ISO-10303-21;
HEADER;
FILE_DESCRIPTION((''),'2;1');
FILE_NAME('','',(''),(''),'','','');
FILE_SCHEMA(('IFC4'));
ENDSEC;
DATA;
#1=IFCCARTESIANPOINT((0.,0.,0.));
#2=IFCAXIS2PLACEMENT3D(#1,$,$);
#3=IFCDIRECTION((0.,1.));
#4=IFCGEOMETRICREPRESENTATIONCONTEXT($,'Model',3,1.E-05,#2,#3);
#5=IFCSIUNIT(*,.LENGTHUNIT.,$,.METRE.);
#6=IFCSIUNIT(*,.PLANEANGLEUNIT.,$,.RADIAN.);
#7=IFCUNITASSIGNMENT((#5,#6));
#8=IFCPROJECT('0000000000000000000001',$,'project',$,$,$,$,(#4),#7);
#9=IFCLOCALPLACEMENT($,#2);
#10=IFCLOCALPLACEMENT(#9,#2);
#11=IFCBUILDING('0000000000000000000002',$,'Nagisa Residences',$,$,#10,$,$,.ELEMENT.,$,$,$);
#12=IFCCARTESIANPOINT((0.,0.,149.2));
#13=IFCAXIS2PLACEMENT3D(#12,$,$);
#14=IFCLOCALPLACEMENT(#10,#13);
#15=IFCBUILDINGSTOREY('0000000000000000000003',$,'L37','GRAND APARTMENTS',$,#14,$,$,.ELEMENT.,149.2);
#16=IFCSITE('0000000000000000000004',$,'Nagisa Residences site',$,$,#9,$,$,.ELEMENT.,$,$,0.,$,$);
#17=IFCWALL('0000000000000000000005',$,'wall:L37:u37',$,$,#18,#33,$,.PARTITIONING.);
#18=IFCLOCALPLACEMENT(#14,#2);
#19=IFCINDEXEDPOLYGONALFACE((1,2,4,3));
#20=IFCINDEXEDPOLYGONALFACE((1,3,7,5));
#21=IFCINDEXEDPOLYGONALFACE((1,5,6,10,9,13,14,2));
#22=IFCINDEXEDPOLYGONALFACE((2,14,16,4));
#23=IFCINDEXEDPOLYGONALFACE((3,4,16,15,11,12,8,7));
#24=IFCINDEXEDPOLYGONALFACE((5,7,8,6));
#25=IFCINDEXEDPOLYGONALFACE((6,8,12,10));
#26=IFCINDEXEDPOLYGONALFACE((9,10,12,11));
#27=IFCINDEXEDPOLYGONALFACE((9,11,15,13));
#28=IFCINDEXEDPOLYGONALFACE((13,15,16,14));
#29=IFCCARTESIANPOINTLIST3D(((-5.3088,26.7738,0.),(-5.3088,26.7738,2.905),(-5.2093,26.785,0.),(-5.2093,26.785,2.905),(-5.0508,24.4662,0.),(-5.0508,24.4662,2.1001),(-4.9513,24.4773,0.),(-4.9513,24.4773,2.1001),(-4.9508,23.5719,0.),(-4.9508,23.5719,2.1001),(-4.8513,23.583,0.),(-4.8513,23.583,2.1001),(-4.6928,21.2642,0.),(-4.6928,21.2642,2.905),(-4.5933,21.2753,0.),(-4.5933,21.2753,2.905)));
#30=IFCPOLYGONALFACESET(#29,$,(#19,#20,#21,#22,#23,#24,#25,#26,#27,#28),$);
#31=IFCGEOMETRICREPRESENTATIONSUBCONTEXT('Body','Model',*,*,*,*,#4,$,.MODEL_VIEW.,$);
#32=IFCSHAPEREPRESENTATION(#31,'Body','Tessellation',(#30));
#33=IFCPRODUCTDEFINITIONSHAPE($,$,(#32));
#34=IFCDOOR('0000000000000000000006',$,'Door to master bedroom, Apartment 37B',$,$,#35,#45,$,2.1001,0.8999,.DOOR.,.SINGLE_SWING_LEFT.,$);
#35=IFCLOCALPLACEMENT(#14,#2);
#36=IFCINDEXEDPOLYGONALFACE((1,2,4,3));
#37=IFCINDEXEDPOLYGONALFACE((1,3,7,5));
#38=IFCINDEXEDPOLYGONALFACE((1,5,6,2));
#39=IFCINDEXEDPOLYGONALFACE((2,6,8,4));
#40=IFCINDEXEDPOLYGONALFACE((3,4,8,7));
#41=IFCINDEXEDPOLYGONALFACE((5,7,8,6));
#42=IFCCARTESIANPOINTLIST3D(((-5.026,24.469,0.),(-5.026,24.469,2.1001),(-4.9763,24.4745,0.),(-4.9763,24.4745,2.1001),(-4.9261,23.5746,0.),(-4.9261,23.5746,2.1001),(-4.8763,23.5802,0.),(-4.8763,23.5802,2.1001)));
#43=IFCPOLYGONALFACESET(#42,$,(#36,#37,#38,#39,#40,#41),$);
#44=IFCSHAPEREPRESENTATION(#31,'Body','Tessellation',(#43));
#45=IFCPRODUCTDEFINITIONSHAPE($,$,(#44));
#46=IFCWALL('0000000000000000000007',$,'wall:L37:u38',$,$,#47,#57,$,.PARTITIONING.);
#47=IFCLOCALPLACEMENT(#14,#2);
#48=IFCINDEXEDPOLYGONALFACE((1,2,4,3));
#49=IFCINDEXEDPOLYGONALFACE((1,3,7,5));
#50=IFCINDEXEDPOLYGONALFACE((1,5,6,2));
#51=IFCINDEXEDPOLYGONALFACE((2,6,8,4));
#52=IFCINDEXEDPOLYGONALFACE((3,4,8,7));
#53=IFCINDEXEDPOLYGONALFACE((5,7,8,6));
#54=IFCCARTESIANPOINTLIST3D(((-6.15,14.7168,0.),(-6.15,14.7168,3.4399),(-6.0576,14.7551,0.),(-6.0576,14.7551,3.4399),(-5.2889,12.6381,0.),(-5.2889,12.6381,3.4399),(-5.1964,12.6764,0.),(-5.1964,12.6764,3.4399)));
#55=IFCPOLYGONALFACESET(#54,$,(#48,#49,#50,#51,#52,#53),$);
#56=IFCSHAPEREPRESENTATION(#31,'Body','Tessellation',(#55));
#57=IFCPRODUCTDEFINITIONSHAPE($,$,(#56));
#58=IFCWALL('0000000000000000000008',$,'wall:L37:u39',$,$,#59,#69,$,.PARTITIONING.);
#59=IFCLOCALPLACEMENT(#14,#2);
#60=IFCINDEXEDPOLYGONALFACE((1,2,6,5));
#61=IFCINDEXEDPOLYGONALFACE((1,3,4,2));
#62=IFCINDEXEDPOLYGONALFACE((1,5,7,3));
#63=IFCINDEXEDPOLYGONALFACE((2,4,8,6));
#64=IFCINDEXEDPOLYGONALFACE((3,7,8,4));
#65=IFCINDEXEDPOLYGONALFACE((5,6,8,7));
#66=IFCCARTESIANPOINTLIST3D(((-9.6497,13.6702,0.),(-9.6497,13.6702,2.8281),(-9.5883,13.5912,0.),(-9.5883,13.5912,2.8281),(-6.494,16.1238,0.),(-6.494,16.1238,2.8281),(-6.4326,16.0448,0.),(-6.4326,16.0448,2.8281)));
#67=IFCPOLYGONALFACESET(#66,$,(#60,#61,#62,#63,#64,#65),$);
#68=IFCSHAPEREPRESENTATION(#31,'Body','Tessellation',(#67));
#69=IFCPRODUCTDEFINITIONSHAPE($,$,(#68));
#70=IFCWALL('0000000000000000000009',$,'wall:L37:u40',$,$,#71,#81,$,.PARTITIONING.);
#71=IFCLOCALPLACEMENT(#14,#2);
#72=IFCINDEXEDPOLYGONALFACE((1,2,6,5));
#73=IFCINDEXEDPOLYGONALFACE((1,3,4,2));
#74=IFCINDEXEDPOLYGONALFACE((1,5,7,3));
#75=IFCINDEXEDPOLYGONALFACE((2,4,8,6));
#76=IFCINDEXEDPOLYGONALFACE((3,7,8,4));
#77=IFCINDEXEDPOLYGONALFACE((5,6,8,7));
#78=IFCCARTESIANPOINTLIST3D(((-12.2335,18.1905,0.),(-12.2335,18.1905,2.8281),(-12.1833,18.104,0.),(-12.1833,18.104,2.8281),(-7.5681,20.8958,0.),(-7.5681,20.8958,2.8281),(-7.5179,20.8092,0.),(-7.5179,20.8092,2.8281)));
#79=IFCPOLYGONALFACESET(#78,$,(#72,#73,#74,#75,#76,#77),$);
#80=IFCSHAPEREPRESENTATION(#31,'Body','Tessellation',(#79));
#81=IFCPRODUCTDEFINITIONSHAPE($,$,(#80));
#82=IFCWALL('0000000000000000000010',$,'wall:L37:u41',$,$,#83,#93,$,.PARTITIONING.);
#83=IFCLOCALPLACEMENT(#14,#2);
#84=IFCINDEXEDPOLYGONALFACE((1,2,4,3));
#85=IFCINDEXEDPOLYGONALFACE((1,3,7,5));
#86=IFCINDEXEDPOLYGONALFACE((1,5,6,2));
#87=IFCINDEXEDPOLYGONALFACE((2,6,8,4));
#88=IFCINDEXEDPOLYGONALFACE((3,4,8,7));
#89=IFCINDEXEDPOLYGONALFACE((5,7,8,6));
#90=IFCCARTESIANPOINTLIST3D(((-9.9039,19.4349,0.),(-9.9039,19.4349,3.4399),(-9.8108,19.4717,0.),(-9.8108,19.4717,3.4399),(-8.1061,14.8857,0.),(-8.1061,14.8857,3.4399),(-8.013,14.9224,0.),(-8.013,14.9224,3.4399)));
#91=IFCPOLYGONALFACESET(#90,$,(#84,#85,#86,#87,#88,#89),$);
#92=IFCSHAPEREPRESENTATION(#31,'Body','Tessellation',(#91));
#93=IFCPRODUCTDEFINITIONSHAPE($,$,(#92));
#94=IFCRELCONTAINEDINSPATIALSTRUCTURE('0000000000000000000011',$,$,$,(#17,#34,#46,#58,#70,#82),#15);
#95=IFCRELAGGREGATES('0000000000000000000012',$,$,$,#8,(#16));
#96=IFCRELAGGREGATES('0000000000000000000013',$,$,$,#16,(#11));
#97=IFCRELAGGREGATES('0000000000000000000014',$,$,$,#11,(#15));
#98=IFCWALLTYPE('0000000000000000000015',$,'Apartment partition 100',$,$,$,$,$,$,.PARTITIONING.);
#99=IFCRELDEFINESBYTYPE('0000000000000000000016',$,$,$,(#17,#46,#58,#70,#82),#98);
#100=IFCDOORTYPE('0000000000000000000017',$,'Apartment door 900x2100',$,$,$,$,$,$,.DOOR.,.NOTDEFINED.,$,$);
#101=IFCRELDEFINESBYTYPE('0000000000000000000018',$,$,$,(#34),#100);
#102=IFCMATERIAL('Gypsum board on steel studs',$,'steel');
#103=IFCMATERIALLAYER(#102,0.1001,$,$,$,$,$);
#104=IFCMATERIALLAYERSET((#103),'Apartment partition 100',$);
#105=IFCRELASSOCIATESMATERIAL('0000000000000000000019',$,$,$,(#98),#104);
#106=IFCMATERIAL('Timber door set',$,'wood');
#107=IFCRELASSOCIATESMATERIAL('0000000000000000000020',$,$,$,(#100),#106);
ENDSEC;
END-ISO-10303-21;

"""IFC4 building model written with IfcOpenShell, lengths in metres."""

from ifc_helpers import new_model, si_unit, direction, frame, frame_2d, origin, place, context, subcontext, project, spatial, rectangle, extrude, material, layer, layer_set, type_object, element, fill, save


model = new_model("IFC4")

# Units and contexts
model_context = context("Model", 3, precision=1e-05, world=origin(), true_north=direction((0.0, 1.0)))
body_context = subcontext(model_context, "Body", "Model", "MODEL_VIEW")
ifc_project = project(units=[si_unit("LENGTHUNIT", "METRE"), si_unit("PLANEANGLEUNIT", "RADIAN")], contexts=[model_context])

# Site, building, storey
site_placement = place(None, origin())
site = spatial("IfcSite", under=ifc_project, at=site_placement, Name="Nagisa Residences site", CompositionType="ELEMENT", RefElevation=0.0)
building_placement = place(site_placement, origin())
building = spatial("IfcBuilding", under=site, at=building_placement, Name="Nagisa Residences", CompositionType="ELEMENT")
storey_placement = place(building_placement, frame((0.0, 0.0, 149.2)))
storey = spatial("IfcBuildingStorey", under=building, at=storey_placement, Name="L37", Description="GRAND APARTMENTS", CompositionType="ELEMENT", Elevation=149.2)

# Shared definitions
ifc_material_1 = material(Name="Gypsum board on steel studs", Category="steel")
ifc_layer_1 = layer(ifc_material_1, 0.1001)
ifc_layer_set_1 = layer_set([ifc_layer_1], Name="Apartment partition 100")
wall_type_1 = type_object("IfcWallType", Name="Apartment partition 100", PredefinedType="PARTITIONING", material=ifc_layer_set_1)

# Wall, opening, door
ifc_material_2 = material(Name="Timber door set", Category="wood")
door_type_1 = type_object("IfcDoorType", Name="Apartment door 900x2100", OperationType="NOTDEFINED", PredefinedType="DOOR", material=ifc_material_2)
wall_1_placement = place(storey_placement, frame((-4.6431, 21.2698, 0.0), z_axis=(0.0, 0.0, 1.0), x_axis=(-0.111108, 0.993808, 0.0)))
wall_1 = element("IfcWall", 1, at=wall_1_placement, inside=storey, type_object=wall_type_1, Name="wall:L37:u37", PredefinedType="PARTITIONING", context=body_context, shape_type="SweptSolid", body=[
    extrude(rectangle(XDim=5.5439, YDim=0.1001, at=frame_2d((2.772, 0.0))), origin(), (0.0, 0.0, 1.0), 2.905),
])
opening_1_placement = place(wall_1_placement, frame((2.322, 0.0, 0.0)))
opening_1 = element("IfcOpeningElement", 2, at=opening_1_placement, cuts=wall_1, PredefinedType="OPENING", context=body_context, shape_type="SweptSolid", body=[
    extrude(rectangle(XDim=0.8999, YDim=2.1001, at=frame_2d((0.45, 1.05))), frame((0.0, 0.0601, 0.0), z_axis=(0.0, -1.0, 0.0), x_axis=(1.0, 0.0, 0.0)), (0.0, 0.0, 1.0), 0.1201),
])
door_1_placement = place(opening_1_placement, frame((0.8999, 0.0, 0.0), x_axis=(-1.0, 0.0, 0.0)))
door_1 = element("IfcDoor", 3, at=door_1_placement, inside=storey, type_object=door_type_1, Name="Door to master bedroom, Apartment 37B", OperationType="SINGLE_SWING_LEFT", OverallHeight=2.1001, OverallWidth=0.8999, PredefinedType="DOOR", context=body_context, shape_type="SweptSolid", body=[
    extrude(rectangle(XDim=0.8999, YDim=2.1001, at=frame_2d((0.45, 1.05))), frame((0.0, 0.0249, 0.0), z_axis=(0.0, -1.0, 0.0), x_axis=(1.0, 0.0, 0.0)), (0.0, 0.0, 1.0), 0.05),
])
fill(opening_1, door_1)

# Walls
wall_2_placement = place(storey_placement, frame((-5.2427, 12.6572, 0.0), z_axis=(0.0, 0.0, 1.0), x_axis=(-0.382719, 0.923865, 0.0)))
element("IfcWall", 4, at=wall_2_placement, inside=storey, type_object=wall_type_1, Name="wall:L37:u38", PredefinedType="PARTITIONING", context=body_context, shape_type="SweptSolid", body=[
    extrude(rectangle(XDim=2.25, YDim=0.1001, at=frame_2d((1.125, 0.0))), origin(), (0.0, 0.0, 1.0), 3.4399),
])
wall_3_placement = place(storey_placement, frame((-6.4634, 16.0842, 0.0), z_axis=(0.0, 0.0, 1.0), x_axis=(-0.789457, -0.613805, 0.0)))
element("IfcWall", 5, at=wall_3_placement, inside=storey, type_object=wall_type_1, Name="wall:L37:u39", PredefinedType="PARTITIONING", context=body_context, shape_type="SweptSolid", body=[
    extrude(rectangle(XDim=3.9973, YDim=0.1001, at=frame_2d((1.9985, 0.0))), origin(), (0.0, 0.0, 1.0), 2.8281),
])
wall_4_placement = place(storey_placement, frame((-7.543, 20.8525, 0.0), z_axis=(0.0, 0.0, 1.0), x_axis=(-0.865086, -0.501623, 0.0)))
element("IfcWall", 6, at=wall_4_placement, inside=storey, type_object=wall_type_1, Name="wall:L37:u40", PredefinedType="PARTITIONING", context=body_context, shape_type="SweptSolid", body=[
    extrude(rectangle(XDim=5.3931, YDim=0.1001, at=frame_2d((2.6965, 0.0))), origin(), (0.0, 0.0, 1.0), 2.8281),
])
wall_5_placement = place(storey_placement, frame((-8.0596, 14.9041, 0.0), z_axis=(0.0, 0.0, 1.0), x_axis=(-0.367532, 0.930011, 0.0)))
element("IfcWall", 7, at=wall_5_placement, inside=storey, type_object=wall_type_1, Name="wall:L37:u41", PredefinedType="PARTITIONING", context=body_context, shape_type="SweptSolid", body=[
    extrude(rectangle(XDim=4.8916, YDim=0.1001, at=frame_2d((2.4458, 0.0))), origin(), (0.0, 0.0, 1.0), 3.4399),
])

save(model, "model.ifc")
